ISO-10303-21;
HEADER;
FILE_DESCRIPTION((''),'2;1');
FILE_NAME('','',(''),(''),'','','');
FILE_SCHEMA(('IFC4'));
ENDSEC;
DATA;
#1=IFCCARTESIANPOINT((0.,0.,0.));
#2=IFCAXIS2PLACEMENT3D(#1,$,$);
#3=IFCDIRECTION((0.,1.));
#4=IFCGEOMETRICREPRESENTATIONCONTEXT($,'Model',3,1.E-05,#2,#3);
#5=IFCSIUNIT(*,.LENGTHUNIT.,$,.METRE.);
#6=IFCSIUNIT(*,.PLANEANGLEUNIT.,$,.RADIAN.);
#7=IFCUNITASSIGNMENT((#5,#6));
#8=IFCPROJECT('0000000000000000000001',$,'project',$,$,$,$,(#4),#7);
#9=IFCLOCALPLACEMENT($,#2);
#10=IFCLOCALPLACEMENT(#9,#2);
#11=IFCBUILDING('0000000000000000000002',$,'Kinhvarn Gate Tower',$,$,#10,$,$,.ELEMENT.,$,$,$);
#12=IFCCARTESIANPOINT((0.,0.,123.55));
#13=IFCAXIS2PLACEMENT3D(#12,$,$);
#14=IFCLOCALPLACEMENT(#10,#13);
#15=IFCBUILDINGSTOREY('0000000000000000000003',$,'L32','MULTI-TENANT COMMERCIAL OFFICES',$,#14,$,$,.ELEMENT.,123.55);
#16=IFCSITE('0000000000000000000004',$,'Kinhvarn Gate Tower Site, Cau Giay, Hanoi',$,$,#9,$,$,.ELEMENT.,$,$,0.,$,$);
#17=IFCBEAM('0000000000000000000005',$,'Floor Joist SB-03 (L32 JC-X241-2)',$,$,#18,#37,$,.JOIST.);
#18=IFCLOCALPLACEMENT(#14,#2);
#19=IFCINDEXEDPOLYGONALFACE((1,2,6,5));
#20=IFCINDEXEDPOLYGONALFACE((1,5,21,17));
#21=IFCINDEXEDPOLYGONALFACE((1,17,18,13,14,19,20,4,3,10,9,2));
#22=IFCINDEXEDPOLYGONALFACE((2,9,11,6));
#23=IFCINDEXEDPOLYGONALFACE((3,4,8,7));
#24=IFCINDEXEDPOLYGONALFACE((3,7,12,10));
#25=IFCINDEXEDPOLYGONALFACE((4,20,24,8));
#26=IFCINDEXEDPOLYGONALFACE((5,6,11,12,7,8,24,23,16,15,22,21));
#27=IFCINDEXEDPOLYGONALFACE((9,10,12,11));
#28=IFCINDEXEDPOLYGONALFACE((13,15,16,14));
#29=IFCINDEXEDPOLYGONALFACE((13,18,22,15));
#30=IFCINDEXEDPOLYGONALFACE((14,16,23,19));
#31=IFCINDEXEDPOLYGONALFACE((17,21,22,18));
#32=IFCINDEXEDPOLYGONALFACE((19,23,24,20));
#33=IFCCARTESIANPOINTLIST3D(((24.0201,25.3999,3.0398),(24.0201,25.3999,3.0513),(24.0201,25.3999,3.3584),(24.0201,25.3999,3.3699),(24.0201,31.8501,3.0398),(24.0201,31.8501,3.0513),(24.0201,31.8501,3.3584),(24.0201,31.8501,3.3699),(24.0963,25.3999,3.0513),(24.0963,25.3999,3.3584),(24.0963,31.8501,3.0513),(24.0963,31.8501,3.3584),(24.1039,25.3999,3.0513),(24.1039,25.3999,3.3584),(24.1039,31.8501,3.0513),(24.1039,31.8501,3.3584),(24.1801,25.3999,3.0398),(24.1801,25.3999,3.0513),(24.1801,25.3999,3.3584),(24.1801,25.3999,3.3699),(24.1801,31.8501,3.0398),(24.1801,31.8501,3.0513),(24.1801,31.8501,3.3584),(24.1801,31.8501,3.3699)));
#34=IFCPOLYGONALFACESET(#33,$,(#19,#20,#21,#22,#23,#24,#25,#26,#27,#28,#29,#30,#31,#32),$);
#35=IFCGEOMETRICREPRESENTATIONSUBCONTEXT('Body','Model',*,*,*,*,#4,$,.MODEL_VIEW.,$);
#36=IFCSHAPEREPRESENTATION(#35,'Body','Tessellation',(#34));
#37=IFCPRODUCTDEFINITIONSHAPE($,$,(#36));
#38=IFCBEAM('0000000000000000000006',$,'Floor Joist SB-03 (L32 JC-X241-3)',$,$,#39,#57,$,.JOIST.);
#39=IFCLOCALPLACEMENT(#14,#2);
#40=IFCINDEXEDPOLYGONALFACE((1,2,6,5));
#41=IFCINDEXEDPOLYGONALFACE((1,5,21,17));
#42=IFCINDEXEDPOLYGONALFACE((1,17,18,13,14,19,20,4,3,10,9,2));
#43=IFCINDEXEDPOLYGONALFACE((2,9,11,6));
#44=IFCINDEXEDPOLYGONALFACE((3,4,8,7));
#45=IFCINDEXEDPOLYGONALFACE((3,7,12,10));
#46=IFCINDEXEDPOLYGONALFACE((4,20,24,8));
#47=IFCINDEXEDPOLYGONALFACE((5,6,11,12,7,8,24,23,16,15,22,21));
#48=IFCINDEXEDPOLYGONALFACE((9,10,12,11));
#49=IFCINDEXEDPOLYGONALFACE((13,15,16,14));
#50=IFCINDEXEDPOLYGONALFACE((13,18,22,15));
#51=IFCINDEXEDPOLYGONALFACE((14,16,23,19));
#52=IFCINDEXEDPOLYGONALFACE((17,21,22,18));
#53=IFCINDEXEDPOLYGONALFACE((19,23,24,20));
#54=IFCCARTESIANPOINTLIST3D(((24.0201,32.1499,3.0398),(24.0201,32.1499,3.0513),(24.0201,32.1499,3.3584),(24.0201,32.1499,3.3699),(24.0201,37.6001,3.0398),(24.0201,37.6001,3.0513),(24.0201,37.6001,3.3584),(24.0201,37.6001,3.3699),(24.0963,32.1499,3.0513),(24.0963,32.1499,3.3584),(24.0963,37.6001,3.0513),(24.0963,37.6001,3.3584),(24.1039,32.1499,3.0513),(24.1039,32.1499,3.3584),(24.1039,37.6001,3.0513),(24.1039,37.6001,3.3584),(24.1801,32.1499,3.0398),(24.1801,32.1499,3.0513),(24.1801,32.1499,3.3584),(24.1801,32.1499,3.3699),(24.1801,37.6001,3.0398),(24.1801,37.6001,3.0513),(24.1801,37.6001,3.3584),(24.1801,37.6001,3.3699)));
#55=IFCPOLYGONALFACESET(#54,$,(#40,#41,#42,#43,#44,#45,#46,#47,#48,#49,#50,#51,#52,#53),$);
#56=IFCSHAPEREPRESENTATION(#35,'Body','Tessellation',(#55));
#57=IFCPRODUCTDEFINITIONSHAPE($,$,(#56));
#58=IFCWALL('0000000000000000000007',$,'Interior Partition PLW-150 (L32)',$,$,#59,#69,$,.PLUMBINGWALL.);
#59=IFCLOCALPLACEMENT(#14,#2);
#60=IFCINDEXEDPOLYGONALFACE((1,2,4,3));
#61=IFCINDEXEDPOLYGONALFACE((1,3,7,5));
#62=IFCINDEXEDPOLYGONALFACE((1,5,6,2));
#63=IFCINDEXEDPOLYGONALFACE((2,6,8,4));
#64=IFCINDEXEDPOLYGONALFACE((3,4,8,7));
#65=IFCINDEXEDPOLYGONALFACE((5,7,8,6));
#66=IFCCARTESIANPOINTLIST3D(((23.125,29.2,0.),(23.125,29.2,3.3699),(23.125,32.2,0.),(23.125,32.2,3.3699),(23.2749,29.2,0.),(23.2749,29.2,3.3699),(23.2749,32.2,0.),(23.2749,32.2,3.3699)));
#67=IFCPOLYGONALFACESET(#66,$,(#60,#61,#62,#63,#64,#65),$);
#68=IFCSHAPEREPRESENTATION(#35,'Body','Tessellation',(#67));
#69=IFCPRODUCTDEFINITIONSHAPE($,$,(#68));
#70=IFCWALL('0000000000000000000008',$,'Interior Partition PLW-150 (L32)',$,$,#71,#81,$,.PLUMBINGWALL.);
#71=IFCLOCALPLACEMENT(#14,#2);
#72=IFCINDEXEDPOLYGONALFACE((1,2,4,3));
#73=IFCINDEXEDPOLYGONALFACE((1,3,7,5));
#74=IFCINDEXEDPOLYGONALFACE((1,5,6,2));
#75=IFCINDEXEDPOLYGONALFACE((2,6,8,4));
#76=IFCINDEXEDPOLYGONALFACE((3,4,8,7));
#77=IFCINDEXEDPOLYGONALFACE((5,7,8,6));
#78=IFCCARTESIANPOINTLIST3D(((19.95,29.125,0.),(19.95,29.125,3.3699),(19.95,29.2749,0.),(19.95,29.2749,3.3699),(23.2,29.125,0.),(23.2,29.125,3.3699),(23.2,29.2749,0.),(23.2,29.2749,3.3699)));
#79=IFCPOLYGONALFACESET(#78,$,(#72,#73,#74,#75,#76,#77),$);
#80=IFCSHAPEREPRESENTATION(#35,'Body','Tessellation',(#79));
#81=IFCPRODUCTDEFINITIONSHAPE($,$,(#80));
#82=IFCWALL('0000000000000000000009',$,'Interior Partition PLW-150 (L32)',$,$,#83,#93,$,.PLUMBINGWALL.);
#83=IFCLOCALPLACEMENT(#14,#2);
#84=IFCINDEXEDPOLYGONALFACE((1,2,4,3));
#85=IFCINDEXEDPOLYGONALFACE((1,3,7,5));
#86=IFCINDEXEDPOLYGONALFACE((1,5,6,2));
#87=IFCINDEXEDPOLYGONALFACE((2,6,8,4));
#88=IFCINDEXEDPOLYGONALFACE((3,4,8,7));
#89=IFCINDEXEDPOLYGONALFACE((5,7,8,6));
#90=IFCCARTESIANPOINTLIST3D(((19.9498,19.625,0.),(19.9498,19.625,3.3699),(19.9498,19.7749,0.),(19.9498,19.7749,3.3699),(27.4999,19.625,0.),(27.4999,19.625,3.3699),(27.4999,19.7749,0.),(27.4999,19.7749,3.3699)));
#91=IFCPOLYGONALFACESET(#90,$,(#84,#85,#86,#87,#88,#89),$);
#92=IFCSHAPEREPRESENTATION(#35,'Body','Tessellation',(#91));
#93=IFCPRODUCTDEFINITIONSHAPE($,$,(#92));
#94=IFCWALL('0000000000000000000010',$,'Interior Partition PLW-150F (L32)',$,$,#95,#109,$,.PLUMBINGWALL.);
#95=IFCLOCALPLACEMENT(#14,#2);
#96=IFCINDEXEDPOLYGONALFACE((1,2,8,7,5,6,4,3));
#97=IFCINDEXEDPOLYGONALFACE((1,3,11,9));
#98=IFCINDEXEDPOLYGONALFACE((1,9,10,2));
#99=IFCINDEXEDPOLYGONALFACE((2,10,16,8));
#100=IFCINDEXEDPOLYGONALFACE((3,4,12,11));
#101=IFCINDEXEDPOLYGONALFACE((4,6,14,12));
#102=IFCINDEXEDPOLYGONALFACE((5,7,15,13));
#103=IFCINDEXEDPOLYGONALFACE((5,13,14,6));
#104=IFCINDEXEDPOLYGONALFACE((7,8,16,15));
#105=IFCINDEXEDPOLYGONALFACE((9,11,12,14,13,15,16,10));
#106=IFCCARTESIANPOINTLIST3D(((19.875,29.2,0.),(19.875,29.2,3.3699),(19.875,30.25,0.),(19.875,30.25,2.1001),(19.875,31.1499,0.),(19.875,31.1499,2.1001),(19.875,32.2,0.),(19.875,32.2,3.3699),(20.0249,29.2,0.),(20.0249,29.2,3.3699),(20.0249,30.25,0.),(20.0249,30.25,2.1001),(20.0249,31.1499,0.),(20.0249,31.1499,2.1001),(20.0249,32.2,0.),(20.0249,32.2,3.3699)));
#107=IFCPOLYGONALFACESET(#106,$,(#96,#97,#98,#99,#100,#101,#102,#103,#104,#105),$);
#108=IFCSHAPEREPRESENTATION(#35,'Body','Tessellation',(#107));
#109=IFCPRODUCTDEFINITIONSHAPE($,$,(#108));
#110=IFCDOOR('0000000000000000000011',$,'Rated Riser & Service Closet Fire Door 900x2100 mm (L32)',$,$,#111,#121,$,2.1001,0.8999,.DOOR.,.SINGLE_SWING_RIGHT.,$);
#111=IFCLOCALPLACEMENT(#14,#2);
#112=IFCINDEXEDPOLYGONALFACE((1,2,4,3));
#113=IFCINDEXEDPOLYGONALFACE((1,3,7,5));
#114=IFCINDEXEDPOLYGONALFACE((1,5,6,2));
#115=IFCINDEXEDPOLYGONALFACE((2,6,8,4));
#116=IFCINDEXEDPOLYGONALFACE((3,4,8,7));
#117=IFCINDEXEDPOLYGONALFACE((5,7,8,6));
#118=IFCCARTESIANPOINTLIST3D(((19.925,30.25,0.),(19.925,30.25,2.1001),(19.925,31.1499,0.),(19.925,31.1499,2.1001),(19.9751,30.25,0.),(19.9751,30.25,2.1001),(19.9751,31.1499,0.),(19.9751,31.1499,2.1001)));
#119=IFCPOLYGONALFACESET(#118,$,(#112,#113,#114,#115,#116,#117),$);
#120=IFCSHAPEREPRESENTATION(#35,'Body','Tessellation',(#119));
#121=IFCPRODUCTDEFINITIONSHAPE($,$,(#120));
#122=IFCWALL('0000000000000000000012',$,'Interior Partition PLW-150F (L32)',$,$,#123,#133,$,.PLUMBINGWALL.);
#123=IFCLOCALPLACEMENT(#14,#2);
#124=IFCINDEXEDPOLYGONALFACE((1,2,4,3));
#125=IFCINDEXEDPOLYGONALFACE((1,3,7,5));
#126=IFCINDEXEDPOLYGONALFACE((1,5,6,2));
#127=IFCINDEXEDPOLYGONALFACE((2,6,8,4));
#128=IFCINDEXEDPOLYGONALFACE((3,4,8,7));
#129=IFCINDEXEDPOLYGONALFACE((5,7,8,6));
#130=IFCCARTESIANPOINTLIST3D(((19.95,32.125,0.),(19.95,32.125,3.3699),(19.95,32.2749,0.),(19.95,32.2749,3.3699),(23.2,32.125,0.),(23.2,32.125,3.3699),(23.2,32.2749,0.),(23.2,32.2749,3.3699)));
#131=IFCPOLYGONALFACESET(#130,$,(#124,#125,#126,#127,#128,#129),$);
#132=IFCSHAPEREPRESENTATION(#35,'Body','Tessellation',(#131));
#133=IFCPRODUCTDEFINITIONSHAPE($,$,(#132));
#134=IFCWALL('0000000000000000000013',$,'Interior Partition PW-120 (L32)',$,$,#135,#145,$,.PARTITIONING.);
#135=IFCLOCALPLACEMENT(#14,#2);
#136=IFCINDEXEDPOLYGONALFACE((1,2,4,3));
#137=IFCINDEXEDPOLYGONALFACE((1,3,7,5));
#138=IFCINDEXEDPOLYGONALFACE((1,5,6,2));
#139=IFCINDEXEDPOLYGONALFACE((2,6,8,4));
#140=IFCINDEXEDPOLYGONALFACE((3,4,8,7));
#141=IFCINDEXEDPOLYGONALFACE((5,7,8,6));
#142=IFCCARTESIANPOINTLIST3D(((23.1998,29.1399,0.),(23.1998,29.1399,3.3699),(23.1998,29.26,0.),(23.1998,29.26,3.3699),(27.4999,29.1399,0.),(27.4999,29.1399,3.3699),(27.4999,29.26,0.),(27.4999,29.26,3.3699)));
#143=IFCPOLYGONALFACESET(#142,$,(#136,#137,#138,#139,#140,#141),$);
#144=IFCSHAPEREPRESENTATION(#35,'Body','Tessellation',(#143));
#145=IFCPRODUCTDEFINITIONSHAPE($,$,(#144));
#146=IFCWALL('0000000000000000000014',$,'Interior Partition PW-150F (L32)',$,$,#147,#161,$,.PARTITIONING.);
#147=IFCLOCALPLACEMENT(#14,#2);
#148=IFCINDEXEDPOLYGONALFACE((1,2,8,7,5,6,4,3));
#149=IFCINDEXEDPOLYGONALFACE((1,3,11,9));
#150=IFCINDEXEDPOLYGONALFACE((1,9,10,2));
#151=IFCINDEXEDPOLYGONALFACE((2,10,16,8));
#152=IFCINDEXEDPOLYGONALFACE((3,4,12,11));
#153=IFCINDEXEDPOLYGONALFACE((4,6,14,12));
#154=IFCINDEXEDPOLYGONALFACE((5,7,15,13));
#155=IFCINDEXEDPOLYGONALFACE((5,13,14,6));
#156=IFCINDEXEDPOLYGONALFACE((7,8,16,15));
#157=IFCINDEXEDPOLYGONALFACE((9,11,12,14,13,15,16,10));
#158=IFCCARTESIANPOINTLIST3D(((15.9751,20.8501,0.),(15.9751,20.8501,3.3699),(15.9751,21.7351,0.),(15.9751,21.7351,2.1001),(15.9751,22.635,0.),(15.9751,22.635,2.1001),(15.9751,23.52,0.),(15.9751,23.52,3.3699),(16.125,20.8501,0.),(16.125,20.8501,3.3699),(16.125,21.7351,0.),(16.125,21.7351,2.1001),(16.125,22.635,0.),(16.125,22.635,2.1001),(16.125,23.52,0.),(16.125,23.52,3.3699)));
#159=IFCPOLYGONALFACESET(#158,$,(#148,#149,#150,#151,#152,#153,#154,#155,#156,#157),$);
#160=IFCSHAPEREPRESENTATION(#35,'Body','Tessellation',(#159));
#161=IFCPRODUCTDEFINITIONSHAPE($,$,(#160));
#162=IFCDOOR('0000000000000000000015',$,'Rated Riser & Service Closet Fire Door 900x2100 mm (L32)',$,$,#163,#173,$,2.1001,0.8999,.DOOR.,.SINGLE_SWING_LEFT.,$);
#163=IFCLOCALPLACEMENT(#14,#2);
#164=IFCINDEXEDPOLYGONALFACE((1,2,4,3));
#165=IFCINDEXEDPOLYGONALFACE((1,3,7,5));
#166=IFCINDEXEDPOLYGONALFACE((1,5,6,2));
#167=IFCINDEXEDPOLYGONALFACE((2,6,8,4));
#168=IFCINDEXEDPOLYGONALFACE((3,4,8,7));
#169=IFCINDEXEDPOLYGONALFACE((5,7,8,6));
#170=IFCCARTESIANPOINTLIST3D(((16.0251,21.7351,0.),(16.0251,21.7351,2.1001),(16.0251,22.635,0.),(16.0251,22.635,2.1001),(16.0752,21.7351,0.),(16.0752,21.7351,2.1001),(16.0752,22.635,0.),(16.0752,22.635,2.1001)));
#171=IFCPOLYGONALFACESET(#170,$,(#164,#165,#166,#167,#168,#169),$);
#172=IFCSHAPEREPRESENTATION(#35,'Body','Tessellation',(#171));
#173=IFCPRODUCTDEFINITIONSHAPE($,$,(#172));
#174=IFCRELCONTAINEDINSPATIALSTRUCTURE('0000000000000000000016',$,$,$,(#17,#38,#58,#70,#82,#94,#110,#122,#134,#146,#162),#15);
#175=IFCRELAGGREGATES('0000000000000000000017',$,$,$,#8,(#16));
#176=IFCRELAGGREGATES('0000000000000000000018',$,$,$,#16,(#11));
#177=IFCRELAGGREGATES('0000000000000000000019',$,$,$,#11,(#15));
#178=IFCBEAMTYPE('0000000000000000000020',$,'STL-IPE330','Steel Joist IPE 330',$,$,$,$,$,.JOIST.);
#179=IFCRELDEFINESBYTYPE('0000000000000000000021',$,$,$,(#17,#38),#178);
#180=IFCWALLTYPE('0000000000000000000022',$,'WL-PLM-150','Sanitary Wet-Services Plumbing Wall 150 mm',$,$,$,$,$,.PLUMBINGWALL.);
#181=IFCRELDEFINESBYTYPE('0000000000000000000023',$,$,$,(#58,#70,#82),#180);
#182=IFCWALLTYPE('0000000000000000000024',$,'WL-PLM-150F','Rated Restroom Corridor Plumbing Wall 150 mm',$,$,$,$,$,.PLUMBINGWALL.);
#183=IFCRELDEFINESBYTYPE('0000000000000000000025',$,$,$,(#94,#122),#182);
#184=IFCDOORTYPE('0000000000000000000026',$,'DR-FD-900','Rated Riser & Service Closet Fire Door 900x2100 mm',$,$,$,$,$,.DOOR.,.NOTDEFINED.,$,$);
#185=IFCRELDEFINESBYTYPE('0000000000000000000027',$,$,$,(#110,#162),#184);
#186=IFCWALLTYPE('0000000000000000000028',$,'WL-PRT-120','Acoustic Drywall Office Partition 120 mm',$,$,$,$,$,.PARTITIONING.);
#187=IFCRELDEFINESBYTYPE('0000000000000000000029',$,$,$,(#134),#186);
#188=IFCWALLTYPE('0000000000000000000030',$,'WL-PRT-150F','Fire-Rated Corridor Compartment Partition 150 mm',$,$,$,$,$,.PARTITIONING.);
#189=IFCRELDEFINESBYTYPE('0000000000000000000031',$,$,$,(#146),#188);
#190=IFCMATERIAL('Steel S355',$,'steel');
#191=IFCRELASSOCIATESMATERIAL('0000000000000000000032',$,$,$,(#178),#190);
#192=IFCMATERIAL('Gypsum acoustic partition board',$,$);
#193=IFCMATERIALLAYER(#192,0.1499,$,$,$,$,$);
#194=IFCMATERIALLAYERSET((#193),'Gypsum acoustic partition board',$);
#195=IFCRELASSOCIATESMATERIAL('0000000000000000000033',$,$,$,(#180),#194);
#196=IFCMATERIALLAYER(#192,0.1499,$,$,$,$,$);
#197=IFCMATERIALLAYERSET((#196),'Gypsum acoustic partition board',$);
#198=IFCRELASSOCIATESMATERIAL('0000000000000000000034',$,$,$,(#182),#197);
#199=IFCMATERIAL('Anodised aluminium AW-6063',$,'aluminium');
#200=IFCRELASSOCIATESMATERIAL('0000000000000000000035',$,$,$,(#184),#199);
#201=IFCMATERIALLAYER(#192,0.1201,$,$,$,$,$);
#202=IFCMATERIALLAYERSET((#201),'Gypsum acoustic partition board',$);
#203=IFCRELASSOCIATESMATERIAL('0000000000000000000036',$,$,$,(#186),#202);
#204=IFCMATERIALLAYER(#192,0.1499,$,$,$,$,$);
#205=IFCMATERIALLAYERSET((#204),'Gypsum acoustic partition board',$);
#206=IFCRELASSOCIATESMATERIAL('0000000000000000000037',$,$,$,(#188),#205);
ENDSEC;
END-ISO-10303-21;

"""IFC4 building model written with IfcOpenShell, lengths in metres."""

from ifc_helpers import new_model, si_unit, direction, frame, frame_2d, origin, origin_2d, place, context, subcontext, project, spatial, rectangle, i_section, extrude, material, layer, layer_set, material_profile, profile_set, type_object, element, fill, save


model = new_model("IFC4")

# Units and contexts
model_context = context("Model", 3, precision=1e-05, world=origin(), true_north=direction((0.0, 1.0)))
body_context = subcontext(model_context, "Body", "Model", "MODEL_VIEW")
ifc_project = project(units=[si_unit("LENGTHUNIT", "METRE"), si_unit("PLANEANGLEUNIT", "RADIAN")], contexts=[model_context])

# Site, building, storey
site_placement = place(None, origin())
site = spatial("IfcSite", under=ifc_project, at=site_placement, Name="Kinhvarn Gate Tower Site, Cau Giay, Hanoi", CompositionType="ELEMENT", RefElevation=0.0)
building_placement = place(site_placement, origin())
building = spatial("IfcBuilding", under=site, at=building_placement, Name="Kinhvarn Gate Tower", CompositionType="ELEMENT")
storey_placement = place(building_placement, frame((0.0, 0.0, 123.55)))
storey = spatial("IfcBuildingStorey", under=building, at=storey_placement, Name="L32", Description="MULTI-TENANT COMMERCIAL OFFICES", CompositionType="ELEMENT", Elevation=123.55)

# Beams
ifc_material_1 = material(Name="Steel S355", Category="steel")
ifc_material_profile_1 = material_profile(ifc_material_1, i_section(OverallWidth=0.1599, OverallDepth=0.3301, WebThickness=0.0076, FlangeThickness=0.0115, at=origin_2d()), Name="IPE 330")
ifc_profile_set_1 = profile_set([ifc_material_profile_1], Name="Steel S355")
beam_type_1 = type_object("IfcBeamType", Name="STL-IPE330", Description="Steel Joist IPE 330", PredefinedType="JOIST", material=ifc_profile_set_1)
beam_1_placement = place(storey_placement, frame((24.1001, 25.3999, 3.2048), z_axis=(0.0, 1.0, 0.0), x_axis=(-1.0, 0.0, 0.0)))
element("IfcBeam", 1, at=beam_1_placement, inside=storey, type_object=beam_type_1, Name="Floor Joist SB-03 (L32 JC-X241-2)", PredefinedType="JOIST", context=body_context, shape_type="SweptSolid", body=[
    extrude(i_section(OverallWidth=0.1599, OverallDepth=0.3301, WebThickness=0.0076, FlangeThickness=0.0115, at=origin_2d()), origin(), (0.0, 0.0, 1.0), 6.4502),
])
beam_2_placement = place(storey_placement, frame((24.1001, 32.1499, 3.2048), z_axis=(0.0, 1.0, 0.0), x_axis=(-1.0, 0.0, 0.0)))
element("IfcBeam", 2, at=beam_2_placement, inside=storey, type_object=beam_type_1, Name="Floor Joist SB-03 (L32 JC-X241-3)", PredefinedType="JOIST", context=body_context, shape_type="SweptSolid", body=[
    extrude(i_section(OverallWidth=0.1599, OverallDepth=0.3301, WebThickness=0.0076, FlangeThickness=0.0115, at=origin_2d()), origin(), (0.0, 0.0, 1.0), 5.4502),
])

# Shared definitions
ifc_material_2 = material(Name="Anodised aluminium AW-6063", Category="aluminium")

# Walls
ifc_material_3 = material(Name="Gypsum acoustic partition board")
ifc_layer_1 = layer(ifc_material_3, 0.1499)
ifc_layer_set_1 = layer_set([ifc_layer_1], Name="Gypsum acoustic partition board")
wall_type_1 = type_object("IfcWallType", Name="WL-PLM-150", Description="Sanitary Wet-Services Plumbing Wall 150 mm", PredefinedType="PLUMBINGWALL", material=ifc_layer_set_1)
wall_1_placement = place(storey_placement, frame((23.2, 29.2, 0.0), z_axis=(0.0, 0.0, 1.0), x_axis=(0.0, 1.0, 0.0)))
element("IfcWall", 3, at=wall_1_placement, inside=storey, type_object=wall_type_1, Name="Interior Partition PLW-150 (L32)", PredefinedType="PLUMBINGWALL", context=body_context, shape_type="SweptSolid", body=[
    extrude(rectangle(XDim=3.0, YDim=0.1499, at=frame_2d((1.5, 0.0))), origin(), (0.0, 0.0, 1.0), 3.3699),
])
wall_2_placement = place(storey_placement, frame((19.95, 29.2, 0.0), z_axis=(0.0, 0.0, 1.0), x_axis=(1.0, 0.0, 0.0)))
element("IfcWall", 4, at=wall_2_placement, inside=storey, type_object=wall_type_1, Name="Interior Partition PLW-150 (L32)", PredefinedType="PLUMBINGWALL", context=body_context, shape_type="SweptSolid", body=[
    extrude(rectangle(XDim=3.25, YDim=0.1499, at=frame_2d((1.625, 0.0))), origin(), (0.0, 0.0, 1.0), 3.3699),
])
wall_3_placement = place(storey_placement, frame((19.95, 19.7, 0.0), z_axis=(0.0, 0.0, 1.0), x_axis=(1.0, 0.0, 0.0)))
element("IfcWall", 5, at=wall_3_placement, inside=storey, type_object=wall_type_1, Name="Interior Partition PLW-150 (L32)", PredefinedType="PLUMBINGWALL", context=body_context, shape_type="SweptSolid", body=[
    extrude(rectangle(XDim=7.55, YDim=0.1499, at=frame_2d((3.7749, 0.0))), origin(), (0.0, 0.0, 1.0), 3.3699),
])

# Wall, opening, door
ifc_layer_2 = layer(ifc_material_3, 0.1499)
ifc_layer_set_2 = layer_set([ifc_layer_2], Name="Gypsum acoustic partition board")
wall_type_2 = type_object("IfcWallType", Name="WL-PLM-150F", Description="Rated Restroom Corridor Plumbing Wall 150 mm", PredefinedType="PLUMBINGWALL", material=ifc_layer_set_2)
wall_4_placement = place(storey_placement, frame((19.95, 29.2, 0.0), z_axis=(0.0, 0.0, 1.0), x_axis=(0.0, 1.0, 0.0)))
wall_4 = element("IfcWall", 6, at=wall_4_placement, inside=storey, type_object=wall_type_2, Name="Interior Partition PLW-150F (L32)", PredefinedType="PLUMBINGWALL", context=body_context, shape_type="SweptSolid", body=[
    extrude(rectangle(XDim=3.0, YDim=0.1499, at=frame_2d((1.5, 0.0))), origin(), (0.0, 0.0, 1.0), 3.3699),
])
opening_1_placement = place(wall_4_placement, frame((1.05, 0.0, 0.0)))
opening_1 = element("IfcOpeningElement", 7, at=opening_1_placement, cuts=wall_4, PredefinedType="OPENING", context=body_context, shape_type="SweptSolid", body=[
    extrude(rectangle(XDim=0.8999, YDim=2.1001, at=frame_2d((0.45, 1.05))), frame((0.0, 0.085, 0.0), z_axis=(0.0, -1.0, 0.0), x_axis=(1.0, 0.0, 0.0)), (0.0, 0.0, 1.0), 0.1699),
])
door_type_1 = type_object("IfcDoorType", Name="DR-FD-900", Description="Rated Riser & Service Closet Fire Door 900x2100 mm", OperationType="NOTDEFINED", PredefinedType="DOOR", material=ifc_material_2)
door_1_placement = place(opening_1_placement, origin())
door_1 = element("IfcDoor", 8, at=door_1_placement, inside=storey, type_object=door_type_1, Name="Rated Riser & Service Closet Fire Door 900x2100 mm (L32)", OperationType="SINGLE_SWING_RIGHT", OverallHeight=2.1001, OverallWidth=0.8999, PredefinedType="DOOR", context=body_context, shape_type="SweptSolid", body=[
    extrude(rectangle(XDim=0.8999, YDim=2.1001, at=frame_2d((0.45, 1.05))), frame((0.0, 0.0249, 0.0), z_axis=(0.0, -1.0, 0.0), x_axis=(1.0, 0.0, 0.0)), (0.0, 0.0, 1.0), 0.05),
])
fill(opening_1, door_1)

# Walls
wall_5_placement = place(storey_placement, frame((19.95, 32.2, 0.0), z_axis=(0.0, 0.0, 1.0), x_axis=(1.0, 0.0, 0.0)))
element("IfcWall", 9, at=wall_5_placement, inside=storey, type_object=wall_type_2, Name="Interior Partition PLW-150F (L32)", PredefinedType="PLUMBINGWALL", context=body_context, shape_type="SweptSolid", body=[
    extrude(rectangle(XDim=3.25, YDim=0.1499, at=frame_2d((1.625, 0.0))), origin(), (0.0, 0.0, 1.0), 3.3699),
])
ifc_layer_3 = layer(ifc_material_3, 0.1201)
ifc_layer_set_3 = layer_set([ifc_layer_3], Name="Gypsum acoustic partition board")
wall_type_3 = type_object("IfcWallType", Name="WL-PRT-120", Description="Acoustic Drywall Office Partition 120 mm", PredefinedType="PARTITIONING", material=ifc_layer_set_3)
wall_6_placement = place(storey_placement, frame((23.2, 29.2, 0.0), z_axis=(0.0, 0.0, 1.0), x_axis=(1.0, 0.0, 0.0)))
element("IfcWall", 10, at=wall_6_placement, inside=storey, type_object=wall_type_3, Name="Interior Partition PW-120 (L32)", PredefinedType="PARTITIONING", context=body_context, shape_type="SweptSolid", body=[
    extrude(rectangle(XDim=4.3, YDim=0.1201, at=frame_2d((2.1499, 0.0))), origin(), (0.0, 0.0, 1.0), 3.3699),
])

# Wall, opening, door
ifc_layer_4 = layer(ifc_material_3, 0.1499)
ifc_layer_set_4 = layer_set([ifc_layer_4], Name="Gypsum acoustic partition board")
wall_type_4 = type_object("IfcWallType", Name="WL-PRT-150F", Description="Fire-Rated Corridor Compartment Partition 150 mm", PredefinedType="PARTITIONING", material=ifc_layer_set_4)
wall_7_placement = place(storey_placement, frame((16.05, 20.8501, 0.0), z_axis=(0.0, 0.0, 1.0), x_axis=(0.0, 1.0, 0.0)))
wall_7 = element("IfcWall", 11, at=wall_7_placement, inside=storey, type_object=wall_type_4, Name="Interior Partition PW-150F (L32)", PredefinedType="PARTITIONING", context=body_context, shape_type="SweptSolid", body=[
    extrude(rectangle(XDim=2.6699, YDim=0.1499, at=frame_2d((1.335, 0.0))), origin(), (0.0, 0.0, 1.0), 3.3699),
])
opening_2_placement = place(wall_7_placement, frame((0.885, 0.0, 0.0)))
opening_2 = element("IfcOpeningElement", 12, at=opening_2_placement, cuts=wall_7, PredefinedType="OPENING", context=body_context, shape_type="SweptSolid", body=[
    extrude(rectangle(XDim=0.8999, YDim=2.1001, at=frame_2d((0.45, 1.05))), frame((0.0, 0.085, 0.0), z_axis=(0.0, -1.0, 0.0), x_axis=(1.0, 0.0, 0.0)), (0.0, 0.0, 1.0), 0.1699),
])
door_2_placement = place(opening_2_placement, origin())
door_2 = element("IfcDoor", 13, at=door_2_placement, inside=storey, type_object=door_type_1, Name="Rated Riser & Service Closet Fire Door 900x2100 mm (L32)", OperationType="SINGLE_SWING_LEFT", OverallHeight=2.1001, OverallWidth=0.8999, PredefinedType="DOOR", context=body_context, shape_type="SweptSolid", body=[
    extrude(rectangle(XDim=0.8999, YDim=2.1001, at=frame_2d((0.45, 1.05))), frame((0.0, 0.0249, 0.0), z_axis=(0.0, -1.0, 0.0), x_axis=(1.0, 0.0, 0.0)), (0.0, 0.0, 1.0), 0.05),
])
fill(opening_2, door_2)

save(model, "model.ifc")
